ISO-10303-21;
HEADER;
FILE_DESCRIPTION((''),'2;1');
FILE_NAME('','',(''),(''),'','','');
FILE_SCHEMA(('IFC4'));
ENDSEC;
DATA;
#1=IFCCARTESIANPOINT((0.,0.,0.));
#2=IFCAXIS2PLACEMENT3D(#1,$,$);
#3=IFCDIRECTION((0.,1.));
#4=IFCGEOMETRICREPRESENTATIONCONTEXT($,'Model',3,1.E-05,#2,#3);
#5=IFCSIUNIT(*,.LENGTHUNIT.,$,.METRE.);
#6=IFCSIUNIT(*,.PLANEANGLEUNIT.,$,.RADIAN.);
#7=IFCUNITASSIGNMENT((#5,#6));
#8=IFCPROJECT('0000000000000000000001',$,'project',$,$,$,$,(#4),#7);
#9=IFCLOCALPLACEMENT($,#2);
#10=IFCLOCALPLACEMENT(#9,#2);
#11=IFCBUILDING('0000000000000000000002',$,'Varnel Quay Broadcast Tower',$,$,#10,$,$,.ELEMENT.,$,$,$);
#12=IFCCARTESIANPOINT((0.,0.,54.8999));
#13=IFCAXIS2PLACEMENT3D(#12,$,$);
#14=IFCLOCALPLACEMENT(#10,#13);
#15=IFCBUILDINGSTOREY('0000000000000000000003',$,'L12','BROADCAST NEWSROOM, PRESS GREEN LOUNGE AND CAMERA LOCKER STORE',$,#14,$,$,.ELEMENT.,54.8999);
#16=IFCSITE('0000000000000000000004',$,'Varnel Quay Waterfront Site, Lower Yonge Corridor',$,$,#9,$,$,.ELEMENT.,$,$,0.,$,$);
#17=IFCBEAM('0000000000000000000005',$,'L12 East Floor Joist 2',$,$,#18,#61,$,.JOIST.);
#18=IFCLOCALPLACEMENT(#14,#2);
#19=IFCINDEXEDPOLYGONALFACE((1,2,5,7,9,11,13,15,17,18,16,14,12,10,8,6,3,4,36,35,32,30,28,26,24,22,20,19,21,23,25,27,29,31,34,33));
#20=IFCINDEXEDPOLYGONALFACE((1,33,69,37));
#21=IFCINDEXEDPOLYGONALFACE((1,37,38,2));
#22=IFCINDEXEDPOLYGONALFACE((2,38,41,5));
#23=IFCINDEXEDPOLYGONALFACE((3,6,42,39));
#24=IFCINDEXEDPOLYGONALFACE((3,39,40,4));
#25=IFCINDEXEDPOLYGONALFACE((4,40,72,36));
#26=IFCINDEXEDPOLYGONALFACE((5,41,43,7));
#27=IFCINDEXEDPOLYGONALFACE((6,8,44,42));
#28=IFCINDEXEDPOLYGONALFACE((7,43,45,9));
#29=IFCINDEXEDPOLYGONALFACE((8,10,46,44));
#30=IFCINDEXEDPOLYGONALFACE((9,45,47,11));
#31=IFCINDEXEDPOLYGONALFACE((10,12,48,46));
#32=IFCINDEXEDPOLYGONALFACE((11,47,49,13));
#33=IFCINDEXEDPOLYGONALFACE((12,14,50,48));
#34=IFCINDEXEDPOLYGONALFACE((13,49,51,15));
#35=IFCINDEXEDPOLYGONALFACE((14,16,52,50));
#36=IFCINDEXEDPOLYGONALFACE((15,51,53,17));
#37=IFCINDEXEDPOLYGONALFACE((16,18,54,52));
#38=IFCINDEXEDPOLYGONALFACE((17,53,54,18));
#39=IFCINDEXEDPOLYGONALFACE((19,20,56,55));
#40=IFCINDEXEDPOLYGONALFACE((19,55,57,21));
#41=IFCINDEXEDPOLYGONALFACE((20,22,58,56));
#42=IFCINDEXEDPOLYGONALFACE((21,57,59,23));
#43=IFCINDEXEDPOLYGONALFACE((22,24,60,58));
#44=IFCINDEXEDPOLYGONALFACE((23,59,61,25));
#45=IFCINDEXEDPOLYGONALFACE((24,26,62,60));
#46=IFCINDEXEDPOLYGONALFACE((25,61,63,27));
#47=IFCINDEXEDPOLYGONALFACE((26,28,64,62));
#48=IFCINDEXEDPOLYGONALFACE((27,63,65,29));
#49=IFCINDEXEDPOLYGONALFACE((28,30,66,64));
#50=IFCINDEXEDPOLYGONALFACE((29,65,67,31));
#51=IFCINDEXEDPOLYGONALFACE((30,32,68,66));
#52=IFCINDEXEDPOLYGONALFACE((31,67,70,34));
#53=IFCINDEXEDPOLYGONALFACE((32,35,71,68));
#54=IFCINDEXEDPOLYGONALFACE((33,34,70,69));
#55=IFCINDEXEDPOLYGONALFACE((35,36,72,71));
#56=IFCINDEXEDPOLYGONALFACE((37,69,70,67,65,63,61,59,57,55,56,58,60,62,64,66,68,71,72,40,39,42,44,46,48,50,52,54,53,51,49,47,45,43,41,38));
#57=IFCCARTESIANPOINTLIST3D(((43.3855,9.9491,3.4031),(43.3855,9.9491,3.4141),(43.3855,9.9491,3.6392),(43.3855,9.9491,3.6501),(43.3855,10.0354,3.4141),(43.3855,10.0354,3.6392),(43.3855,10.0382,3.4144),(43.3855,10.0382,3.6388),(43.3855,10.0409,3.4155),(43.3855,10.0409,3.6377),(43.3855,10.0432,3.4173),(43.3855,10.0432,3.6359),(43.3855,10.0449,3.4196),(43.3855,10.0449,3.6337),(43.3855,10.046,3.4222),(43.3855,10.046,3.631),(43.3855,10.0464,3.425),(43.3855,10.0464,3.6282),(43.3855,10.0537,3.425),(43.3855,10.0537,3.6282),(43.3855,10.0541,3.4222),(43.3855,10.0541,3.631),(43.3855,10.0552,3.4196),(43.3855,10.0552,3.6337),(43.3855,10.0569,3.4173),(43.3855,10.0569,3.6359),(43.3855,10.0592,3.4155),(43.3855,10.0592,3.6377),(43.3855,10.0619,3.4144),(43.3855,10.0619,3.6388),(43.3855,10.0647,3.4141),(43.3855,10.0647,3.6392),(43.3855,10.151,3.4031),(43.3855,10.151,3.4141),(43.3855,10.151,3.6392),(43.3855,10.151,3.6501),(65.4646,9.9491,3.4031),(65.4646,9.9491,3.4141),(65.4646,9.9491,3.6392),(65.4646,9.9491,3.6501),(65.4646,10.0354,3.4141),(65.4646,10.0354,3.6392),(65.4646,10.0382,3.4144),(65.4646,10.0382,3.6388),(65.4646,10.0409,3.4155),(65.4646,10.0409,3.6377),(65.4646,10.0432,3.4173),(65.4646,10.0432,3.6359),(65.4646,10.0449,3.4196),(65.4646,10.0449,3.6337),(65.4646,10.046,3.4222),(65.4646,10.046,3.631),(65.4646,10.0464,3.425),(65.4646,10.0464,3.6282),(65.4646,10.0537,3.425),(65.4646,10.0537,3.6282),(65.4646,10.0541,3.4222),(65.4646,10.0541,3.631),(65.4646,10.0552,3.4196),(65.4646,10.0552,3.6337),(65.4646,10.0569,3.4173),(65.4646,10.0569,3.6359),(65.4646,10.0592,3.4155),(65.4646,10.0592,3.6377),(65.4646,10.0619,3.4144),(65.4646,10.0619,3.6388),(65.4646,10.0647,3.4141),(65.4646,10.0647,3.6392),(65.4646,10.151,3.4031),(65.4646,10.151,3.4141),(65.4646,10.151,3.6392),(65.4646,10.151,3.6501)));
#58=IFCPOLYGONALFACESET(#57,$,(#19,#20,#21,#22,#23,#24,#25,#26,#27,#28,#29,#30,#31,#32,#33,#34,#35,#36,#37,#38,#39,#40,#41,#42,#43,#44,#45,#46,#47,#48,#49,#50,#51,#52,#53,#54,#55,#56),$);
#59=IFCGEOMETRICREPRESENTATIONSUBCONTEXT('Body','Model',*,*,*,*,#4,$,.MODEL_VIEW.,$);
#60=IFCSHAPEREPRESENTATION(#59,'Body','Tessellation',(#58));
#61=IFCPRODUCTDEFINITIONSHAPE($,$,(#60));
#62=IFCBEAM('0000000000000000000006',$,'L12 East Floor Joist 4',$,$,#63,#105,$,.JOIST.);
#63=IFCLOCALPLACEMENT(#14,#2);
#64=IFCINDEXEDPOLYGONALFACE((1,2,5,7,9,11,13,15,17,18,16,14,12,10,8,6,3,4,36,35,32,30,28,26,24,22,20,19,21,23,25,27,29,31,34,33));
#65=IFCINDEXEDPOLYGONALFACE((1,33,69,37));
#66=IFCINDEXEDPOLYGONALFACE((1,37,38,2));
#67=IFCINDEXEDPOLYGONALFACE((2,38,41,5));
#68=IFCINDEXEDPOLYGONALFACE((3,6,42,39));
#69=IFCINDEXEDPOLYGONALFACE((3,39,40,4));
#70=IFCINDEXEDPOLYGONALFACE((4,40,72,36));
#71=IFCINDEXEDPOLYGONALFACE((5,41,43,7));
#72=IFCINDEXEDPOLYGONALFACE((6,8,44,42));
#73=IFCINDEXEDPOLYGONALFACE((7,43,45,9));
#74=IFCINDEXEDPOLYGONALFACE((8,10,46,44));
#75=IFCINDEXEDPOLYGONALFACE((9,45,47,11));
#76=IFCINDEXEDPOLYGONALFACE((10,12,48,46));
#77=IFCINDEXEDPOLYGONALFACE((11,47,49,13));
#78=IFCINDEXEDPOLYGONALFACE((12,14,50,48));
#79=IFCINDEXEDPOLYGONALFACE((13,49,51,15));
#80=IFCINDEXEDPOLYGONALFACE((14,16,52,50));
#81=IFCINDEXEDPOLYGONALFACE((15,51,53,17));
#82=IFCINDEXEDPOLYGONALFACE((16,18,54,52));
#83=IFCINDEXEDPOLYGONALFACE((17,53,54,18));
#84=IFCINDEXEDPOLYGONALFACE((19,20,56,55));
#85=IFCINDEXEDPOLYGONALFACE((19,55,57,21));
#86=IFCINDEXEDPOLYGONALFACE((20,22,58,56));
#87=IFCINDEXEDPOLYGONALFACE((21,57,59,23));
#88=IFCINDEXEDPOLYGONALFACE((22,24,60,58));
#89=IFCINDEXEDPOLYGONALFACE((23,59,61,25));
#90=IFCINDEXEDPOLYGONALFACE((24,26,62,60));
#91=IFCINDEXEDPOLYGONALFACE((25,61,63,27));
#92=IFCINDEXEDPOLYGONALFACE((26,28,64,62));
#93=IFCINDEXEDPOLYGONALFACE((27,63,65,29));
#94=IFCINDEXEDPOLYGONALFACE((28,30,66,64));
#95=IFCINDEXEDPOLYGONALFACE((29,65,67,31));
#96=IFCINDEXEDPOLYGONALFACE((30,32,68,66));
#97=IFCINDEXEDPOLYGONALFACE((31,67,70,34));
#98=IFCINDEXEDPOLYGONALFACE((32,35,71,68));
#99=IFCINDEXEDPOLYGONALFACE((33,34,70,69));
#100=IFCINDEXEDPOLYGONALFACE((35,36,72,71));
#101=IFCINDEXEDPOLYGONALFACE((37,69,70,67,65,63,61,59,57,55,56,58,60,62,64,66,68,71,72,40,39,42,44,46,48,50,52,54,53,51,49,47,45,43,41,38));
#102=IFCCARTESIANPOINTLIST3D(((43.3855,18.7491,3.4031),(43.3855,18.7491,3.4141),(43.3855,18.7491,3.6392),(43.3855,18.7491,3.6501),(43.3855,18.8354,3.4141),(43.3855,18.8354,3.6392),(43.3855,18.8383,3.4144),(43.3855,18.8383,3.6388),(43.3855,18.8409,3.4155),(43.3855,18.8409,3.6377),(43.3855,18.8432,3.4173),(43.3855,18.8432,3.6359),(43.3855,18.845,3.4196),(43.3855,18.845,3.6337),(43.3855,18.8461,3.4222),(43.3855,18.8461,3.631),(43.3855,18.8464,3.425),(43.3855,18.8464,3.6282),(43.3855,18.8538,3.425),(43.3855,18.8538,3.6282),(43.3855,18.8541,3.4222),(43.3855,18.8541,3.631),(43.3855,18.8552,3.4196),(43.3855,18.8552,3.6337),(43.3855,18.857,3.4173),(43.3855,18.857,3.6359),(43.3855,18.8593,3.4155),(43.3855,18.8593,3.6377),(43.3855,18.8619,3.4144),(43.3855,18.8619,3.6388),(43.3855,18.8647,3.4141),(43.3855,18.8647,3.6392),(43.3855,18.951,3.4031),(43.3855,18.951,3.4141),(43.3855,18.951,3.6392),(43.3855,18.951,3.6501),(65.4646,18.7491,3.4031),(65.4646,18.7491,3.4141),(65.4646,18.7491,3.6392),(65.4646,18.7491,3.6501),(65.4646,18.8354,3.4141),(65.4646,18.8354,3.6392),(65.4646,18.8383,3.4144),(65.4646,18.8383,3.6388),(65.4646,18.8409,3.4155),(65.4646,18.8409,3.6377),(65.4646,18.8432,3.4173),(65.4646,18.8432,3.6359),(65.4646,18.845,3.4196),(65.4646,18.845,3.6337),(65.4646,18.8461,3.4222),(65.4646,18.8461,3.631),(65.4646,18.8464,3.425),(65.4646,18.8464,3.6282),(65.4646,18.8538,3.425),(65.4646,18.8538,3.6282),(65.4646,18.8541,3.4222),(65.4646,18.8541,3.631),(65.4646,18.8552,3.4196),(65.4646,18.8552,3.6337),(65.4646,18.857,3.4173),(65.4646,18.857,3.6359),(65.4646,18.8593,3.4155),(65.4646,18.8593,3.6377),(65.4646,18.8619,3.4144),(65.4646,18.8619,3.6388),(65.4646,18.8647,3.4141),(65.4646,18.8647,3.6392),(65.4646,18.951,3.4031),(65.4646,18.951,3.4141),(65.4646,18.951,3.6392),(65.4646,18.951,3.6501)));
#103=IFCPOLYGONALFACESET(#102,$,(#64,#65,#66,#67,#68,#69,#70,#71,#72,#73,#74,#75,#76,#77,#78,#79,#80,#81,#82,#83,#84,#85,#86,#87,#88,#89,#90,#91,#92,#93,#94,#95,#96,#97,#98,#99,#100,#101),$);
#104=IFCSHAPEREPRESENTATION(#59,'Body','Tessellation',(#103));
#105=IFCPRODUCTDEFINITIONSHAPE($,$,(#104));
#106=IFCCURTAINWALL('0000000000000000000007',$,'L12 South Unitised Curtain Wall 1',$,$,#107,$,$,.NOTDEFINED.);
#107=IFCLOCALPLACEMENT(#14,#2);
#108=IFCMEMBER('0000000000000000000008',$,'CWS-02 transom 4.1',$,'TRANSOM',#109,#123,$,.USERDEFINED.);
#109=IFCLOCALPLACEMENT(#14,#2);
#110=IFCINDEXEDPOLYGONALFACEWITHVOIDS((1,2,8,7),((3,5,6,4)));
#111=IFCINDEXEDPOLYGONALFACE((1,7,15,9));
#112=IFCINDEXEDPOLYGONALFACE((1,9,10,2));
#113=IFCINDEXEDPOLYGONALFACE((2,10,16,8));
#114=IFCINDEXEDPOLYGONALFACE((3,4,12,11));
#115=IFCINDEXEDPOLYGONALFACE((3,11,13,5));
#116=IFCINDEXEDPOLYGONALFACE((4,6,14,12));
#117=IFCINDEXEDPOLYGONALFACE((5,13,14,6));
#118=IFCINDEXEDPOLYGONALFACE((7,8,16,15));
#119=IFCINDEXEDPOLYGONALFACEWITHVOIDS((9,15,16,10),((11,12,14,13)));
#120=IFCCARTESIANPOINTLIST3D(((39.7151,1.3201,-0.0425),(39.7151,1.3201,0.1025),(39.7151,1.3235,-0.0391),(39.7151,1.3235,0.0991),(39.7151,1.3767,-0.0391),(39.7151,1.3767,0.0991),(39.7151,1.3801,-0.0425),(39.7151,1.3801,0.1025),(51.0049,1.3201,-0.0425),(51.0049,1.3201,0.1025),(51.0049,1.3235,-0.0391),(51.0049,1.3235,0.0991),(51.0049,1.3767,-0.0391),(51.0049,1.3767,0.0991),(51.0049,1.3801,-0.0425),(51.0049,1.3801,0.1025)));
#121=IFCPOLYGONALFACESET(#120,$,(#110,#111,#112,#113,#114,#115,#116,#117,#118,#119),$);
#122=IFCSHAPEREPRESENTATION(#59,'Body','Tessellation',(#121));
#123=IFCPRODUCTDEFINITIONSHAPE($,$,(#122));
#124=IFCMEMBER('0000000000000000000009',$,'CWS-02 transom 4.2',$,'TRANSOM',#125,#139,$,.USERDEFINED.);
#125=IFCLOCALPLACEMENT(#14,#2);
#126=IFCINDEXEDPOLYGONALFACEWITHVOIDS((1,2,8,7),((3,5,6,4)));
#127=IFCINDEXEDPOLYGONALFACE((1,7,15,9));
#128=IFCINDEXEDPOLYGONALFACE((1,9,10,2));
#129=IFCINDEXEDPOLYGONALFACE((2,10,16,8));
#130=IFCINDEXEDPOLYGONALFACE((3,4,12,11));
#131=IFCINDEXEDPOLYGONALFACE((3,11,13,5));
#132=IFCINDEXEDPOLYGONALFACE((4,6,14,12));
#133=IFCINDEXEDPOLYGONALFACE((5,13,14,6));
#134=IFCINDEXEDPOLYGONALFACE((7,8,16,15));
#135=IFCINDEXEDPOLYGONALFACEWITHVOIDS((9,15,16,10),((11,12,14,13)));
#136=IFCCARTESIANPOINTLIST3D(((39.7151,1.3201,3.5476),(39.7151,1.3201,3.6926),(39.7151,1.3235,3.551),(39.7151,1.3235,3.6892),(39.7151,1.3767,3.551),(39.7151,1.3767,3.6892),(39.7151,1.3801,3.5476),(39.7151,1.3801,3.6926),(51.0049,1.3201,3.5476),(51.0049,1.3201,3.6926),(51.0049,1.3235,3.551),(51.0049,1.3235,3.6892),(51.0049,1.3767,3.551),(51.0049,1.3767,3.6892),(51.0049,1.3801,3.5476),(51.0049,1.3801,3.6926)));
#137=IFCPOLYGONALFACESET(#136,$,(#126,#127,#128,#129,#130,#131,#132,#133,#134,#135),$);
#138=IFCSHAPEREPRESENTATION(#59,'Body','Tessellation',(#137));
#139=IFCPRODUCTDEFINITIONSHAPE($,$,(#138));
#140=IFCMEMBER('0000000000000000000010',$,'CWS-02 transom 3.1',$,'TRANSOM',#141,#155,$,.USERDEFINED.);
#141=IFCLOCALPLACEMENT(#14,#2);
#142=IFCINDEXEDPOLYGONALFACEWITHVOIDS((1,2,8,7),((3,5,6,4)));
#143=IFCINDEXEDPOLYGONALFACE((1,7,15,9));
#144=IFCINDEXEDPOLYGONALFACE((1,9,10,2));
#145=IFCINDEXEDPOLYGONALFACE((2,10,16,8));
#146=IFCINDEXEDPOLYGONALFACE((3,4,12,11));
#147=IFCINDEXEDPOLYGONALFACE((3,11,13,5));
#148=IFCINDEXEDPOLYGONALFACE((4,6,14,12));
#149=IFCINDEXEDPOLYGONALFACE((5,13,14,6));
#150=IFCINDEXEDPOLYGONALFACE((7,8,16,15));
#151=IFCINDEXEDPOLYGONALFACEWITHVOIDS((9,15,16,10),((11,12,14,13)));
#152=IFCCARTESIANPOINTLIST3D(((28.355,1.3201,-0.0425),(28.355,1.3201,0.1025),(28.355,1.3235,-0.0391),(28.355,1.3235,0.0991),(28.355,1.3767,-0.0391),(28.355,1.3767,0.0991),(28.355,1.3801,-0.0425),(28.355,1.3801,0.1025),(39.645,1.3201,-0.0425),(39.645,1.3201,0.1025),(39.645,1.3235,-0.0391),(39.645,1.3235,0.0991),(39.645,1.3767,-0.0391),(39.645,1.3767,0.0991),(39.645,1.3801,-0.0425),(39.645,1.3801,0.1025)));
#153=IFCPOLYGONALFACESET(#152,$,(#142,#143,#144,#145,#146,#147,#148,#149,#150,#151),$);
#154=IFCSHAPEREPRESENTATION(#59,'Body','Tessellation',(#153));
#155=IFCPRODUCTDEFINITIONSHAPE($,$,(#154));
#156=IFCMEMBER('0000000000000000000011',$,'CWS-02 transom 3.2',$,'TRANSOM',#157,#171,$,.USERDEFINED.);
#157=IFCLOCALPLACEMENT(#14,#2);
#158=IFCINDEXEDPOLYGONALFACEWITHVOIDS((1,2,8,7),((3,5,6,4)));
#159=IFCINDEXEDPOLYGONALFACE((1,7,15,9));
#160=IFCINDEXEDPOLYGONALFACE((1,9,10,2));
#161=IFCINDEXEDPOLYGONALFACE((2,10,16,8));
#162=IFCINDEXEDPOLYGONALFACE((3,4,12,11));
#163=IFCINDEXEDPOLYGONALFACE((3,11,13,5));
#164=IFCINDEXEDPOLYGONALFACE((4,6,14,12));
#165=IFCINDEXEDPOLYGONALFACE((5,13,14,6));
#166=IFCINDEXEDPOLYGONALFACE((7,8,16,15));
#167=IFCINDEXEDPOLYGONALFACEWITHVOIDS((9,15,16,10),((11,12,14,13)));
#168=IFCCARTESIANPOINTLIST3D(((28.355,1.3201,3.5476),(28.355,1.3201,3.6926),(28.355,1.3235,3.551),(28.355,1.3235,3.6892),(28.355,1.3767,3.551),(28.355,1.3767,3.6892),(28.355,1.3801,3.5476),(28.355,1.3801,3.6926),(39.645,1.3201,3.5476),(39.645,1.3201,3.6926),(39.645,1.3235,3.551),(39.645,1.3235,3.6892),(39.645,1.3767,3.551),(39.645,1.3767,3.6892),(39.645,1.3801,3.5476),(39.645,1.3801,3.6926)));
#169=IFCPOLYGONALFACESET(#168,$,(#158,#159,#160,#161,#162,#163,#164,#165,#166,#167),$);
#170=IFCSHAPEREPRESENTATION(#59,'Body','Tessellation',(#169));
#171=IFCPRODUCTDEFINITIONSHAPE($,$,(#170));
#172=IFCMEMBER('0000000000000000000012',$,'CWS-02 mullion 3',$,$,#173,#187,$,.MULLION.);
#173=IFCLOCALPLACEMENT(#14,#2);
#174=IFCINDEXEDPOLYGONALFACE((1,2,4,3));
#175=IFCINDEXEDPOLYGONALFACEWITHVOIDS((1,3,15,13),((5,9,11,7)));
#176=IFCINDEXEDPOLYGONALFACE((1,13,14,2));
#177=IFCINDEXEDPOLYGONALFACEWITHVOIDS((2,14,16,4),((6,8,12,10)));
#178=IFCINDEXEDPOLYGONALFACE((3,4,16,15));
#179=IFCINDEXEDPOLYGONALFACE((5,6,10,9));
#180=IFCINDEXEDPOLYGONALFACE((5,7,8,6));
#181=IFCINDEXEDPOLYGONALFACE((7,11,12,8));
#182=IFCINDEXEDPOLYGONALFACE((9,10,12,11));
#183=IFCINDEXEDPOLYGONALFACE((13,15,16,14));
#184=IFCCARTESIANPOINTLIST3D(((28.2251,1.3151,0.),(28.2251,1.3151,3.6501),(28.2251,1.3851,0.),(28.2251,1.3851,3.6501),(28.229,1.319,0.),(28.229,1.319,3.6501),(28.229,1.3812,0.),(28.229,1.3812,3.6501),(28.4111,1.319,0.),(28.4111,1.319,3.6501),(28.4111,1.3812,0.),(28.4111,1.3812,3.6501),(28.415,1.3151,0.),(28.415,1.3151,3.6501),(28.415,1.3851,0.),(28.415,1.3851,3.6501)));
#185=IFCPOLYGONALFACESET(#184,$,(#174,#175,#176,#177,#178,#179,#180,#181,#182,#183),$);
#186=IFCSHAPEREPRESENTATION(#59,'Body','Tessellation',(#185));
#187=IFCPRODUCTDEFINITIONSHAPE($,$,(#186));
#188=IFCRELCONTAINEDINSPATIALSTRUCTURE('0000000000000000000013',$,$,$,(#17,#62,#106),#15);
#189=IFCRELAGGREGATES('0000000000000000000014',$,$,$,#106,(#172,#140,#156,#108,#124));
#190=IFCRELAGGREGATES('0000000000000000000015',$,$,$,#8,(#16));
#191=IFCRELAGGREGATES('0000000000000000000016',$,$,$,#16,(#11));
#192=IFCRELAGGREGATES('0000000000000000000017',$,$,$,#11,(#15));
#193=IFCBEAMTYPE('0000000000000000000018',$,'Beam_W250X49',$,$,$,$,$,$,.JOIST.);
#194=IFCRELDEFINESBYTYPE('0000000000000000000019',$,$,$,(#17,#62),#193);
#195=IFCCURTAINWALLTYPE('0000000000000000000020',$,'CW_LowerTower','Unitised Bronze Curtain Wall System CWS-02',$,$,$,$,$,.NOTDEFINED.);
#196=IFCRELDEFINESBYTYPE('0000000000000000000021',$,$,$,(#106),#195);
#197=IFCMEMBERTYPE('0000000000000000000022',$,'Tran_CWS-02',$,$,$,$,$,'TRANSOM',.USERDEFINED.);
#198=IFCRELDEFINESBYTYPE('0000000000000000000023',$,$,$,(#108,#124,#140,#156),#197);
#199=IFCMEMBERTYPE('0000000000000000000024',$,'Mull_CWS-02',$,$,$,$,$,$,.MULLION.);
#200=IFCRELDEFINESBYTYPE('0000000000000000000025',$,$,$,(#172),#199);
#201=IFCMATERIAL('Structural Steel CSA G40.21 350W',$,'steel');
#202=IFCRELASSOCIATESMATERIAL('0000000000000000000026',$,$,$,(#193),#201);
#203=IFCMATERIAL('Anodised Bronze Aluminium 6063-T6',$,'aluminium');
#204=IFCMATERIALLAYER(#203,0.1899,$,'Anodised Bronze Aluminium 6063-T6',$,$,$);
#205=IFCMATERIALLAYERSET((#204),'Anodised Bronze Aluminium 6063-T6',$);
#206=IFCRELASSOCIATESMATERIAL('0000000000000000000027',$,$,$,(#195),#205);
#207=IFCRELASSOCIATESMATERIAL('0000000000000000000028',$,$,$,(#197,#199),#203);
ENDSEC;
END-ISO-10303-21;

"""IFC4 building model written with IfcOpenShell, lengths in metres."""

from ifc_helpers import new_model, si_unit, direction, frame, origin, origin_2d, place, context, subcontext, project, spatial, hollow_rectangle, i_section, extrude, source, transform, mapped, material, layer, layer_set, material_profile, profile_set, type_object, type_shapes, element, aggregate, save


model = new_model("IFC4")

# Units and contexts
model_context = context("Model", 3, precision=1e-05, world=origin(), true_north=direction((0.0, 1.0)))
body_context = subcontext(model_context, "Body", "Model", "MODEL_VIEW")
ifc_project = project(units=[si_unit("LENGTHUNIT", "METRE"), si_unit("PLANEANGLEUNIT", "RADIAN")], contexts=[model_context])

# Site, building, storey
site_placement = place(None, origin())
site = spatial("IfcSite", under=ifc_project, at=site_placement, Name="Varnel Quay Waterfront Site, Lower Yonge Corridor", CompositionType="ELEMENT", RefElevation=0.0)
building_placement = place(site_placement, origin())
building = spatial("IfcBuilding", under=site, at=building_placement, Name="Varnel Quay Broadcast Tower", CompositionType="ELEMENT")
storey_placement = place(building_placement, frame((0.0, 0.0, 54.8999)))
storey = spatial("IfcBuildingStorey", under=building, at=storey_placement, Name="L12", Description="BROADCAST NEWSROOM, PRESS GREEN LOUNGE AND CAMERA LOCKER STORE", CompositionType="ELEMENT", Elevation=54.8999)

# Shared definitions
ifc_material_1 = material(Name="Structural Steel CSA G40.21 350W", Category="steel")

# Beams
ifc_material_profile_1 = material_profile(ifc_material_1, i_section(OverallWidth=0.2019, OverallDepth=0.2471, WebThickness=0.0073, FlangeThickness=0.011, FilletRadius=0.011, at=origin_2d()), Name="W250X49")
ifc_profile_set_1 = profile_set([ifc_material_profile_1], Name="Structural Steel CSA G40.21 350W")
beam_type_1 = type_object("IfcBeamType", Name="Beam_W250X49", PredefinedType="JOIST", material=ifc_profile_set_1)
shared_shape_1 = source(origin(), body_context, "Body", "SweptSolid", [
    extrude(i_section(OverallWidth=0.2019, OverallDepth=0.2471, WebThickness=0.0073, FlangeThickness=0.011, FilletRadius=0.011, at=origin_2d()), origin(), (0.0, 0.0, 1.0), 22.0791),
])
type_shapes(beam_type_1, [shared_shape_1])
for number, where, z_axis, x_axis, name in (
    (1, (43.3855, 10.05, 3.5266), (1.0, 0.0, 0.0), (0.0, 1.0, 0.0), "L12 East Floor Joist 2"),
    (2, (43.3855, 18.8501, 3.5266), (1.0, 0.0, 0.0), (0.0, 1.0, 0.0), "L12 East Floor Joist 4"),
):
    element("IfcBeam", number, at=place(storey_placement, frame(where, z_axis=z_axis, x_axis=x_axis)), inside=storey, type_object=beam_type_1, Name=name, PredefinedType="JOIST", context=body_context, shape_type="MappedRepresentation", body=[
        mapped(shared_shape_1, transform((0.0, 0.0, 0.0), x_axis=(1.0, 0.0, 0.0), y_axis=(0.0, 1.0, 0.0), z_axis=(0.0, 0.0, 1.0), scale=1.0)),
    ])

# Curtain wall, members
ifc_material_2 = material(Name="Anodised Bronze Aluminium 6063-T6", Category="aluminium")
ifc_layer_1 = layer(ifc_material_2, 0.1899, Name="Anodised Bronze Aluminium 6063-T6")
ifc_layer_set_1 = layer_set([ifc_layer_1], Name="Anodised Bronze Aluminium 6063-T6")
curtain_wall_type = type_object("IfcCurtainWallType", Name="CW_LowerTower", Description="Unitised Bronze Curtain Wall System CWS-02", PredefinedType="NOTDEFINED", material=ifc_layer_set_1)
curtain_wall_placement = place(storey_placement, origin())
curtain_wall = element("IfcCurtainWall", 3, at=curtain_wall_placement, inside=storey, type_object=curtain_wall_type, Name="L12 South Unitised Curtain Wall 1", PredefinedType="NOTDEFINED")
ifc_material_profile_2 = material_profile(ifc_material_2, hollow_rectangle(XDim=0.0601, YDim=0.145, WallThickness=0.0034, at=origin_2d()), Name="ALU60X145X3.5")
ifc_profile_set_2 = profile_set([ifc_material_profile_2], Name="Anodised Bronze Aluminium 6063-T6")
member_type_1 = type_object("IfcMemberType", Name="Tran_CWS-02", ElementType="TRANSOM", PredefinedType="USERDEFINED", material=ifc_profile_set_2)
shared_shape_2 = source(origin(), body_context, "Body", "SweptSolid", [
    extrude(hollow_rectangle(XDim=0.0601, YDim=0.145, WallThickness=0.0034, at=origin_2d()), origin(), (0.0, 0.0, 1.0), 11.2898),
])
member_1_placement = place(storey_placement, frame((39.7151, 1.3501, 0.03), z_axis=(1.0, 0.0, 0.0), x_axis=(0.0, 1.0, 0.0)))
member_1 = element("IfcMember", 4, at=member_1_placement, type_object=member_type_1, Name="CWS-02 transom 4.1", ObjectType="TRANSOM", PredefinedType="USERDEFINED", context=body_context, shape_type="MappedRepresentation", body=[
    mapped(shared_shape_2, transform((0.0, 0.0, 0.0), x_axis=(1.0, 0.0, 0.0), y_axis=(0.0, 1.0, 0.0), z_axis=(0.0, 0.0, 1.0), scale=1.0)),
])
member_2_placement = place(storey_placement, frame((39.7151, 1.3501, 3.6201), z_axis=(1.0, 0.0, 0.0), x_axis=(0.0, 1.0, 0.0)))
member_2 = element("IfcMember", 5, at=member_2_placement, type_object=member_type_1, Name="CWS-02 transom 4.2", ObjectType="TRANSOM", PredefinedType="USERDEFINED", context=body_context, shape_type="MappedRepresentation", body=[
    mapped(shared_shape_2, transform((0.0, 0.0, 0.0), x_axis=(1.0, 0.0, 0.0), y_axis=(0.0, 1.0, 0.0), z_axis=(0.0, 0.0, 1.0), scale=1.0)),
])
shared_shape_3 = source(origin(), body_context, "Body", "SweptSolid", [
    extrude(hollow_rectangle(XDim=0.0601, YDim=0.145, WallThickness=0.0034, at=origin_2d()), origin(), (0.0, 0.0, 1.0), 11.29),
])
type_shapes(member_type_1, [shared_shape_2, shared_shape_3])
member_3_placement = place(storey_placement, frame((28.355, 1.3501, 0.03), z_axis=(1.0, 0.0, 0.0), x_axis=(0.0, 1.0, 0.0)))
member_3 = element("IfcMember", 6, at=member_3_placement, type_object=member_type_1, Name="CWS-02 transom 3.1", ObjectType="TRANSOM", PredefinedType="USERDEFINED", context=body_context, shape_type="MappedRepresentation", body=[
    mapped(shared_shape_3, transform((0.0, 0.0, 0.0), x_axis=(1.0, 0.0, 0.0), y_axis=(0.0, 1.0, 0.0), z_axis=(0.0, 0.0, 1.0), scale=1.0)),
])
member_4_placement = place(storey_placement, frame((28.355, 1.3501, 3.6201), z_axis=(1.0, 0.0, 0.0), x_axis=(0.0, 1.0, 0.0)))
member_4 = element("IfcMember", 7, at=member_4_placement, type_object=member_type_1, Name="CWS-02 transom 3.2", ObjectType="TRANSOM", PredefinedType="USERDEFINED", context=body_context, shape_type="MappedRepresentation", body=[
    mapped(shared_shape_3, transform((0.0, 0.0, 0.0), x_axis=(1.0, 0.0, 0.0), y_axis=(0.0, 1.0, 0.0), z_axis=(0.0, 0.0, 1.0), scale=1.0)),
])
ifc_material_profile_3 = material_profile(ifc_material_2, hollow_rectangle(XDim=0.0701, YDim=0.1899, WallThickness=0.0039, at=origin_2d()), Name="ALU70X190X4")
ifc_profile_set_3 = profile_set([ifc_material_profile_3], Name="Anodised Bronze Aluminium 6063-T6")
member_type_2 = type_object("IfcMemberType", Name="Mull_CWS-02", PredefinedType="MULLION", material=ifc_profile_set_3)
shared_shape_4 = source(origin(), body_context, "Body", "SweptSolid", [
    extrude(hollow_rectangle(XDim=0.0701, YDim=0.1899, WallThickness=0.0039, at=origin_2d()), origin(), (0.0, 0.0, 1.0), 3.6501),
])
type_shapes(member_type_2, [shared_shape_4])
member_5_placement = place(storey_placement, frame((28.3201, 1.3501, 0.0), z_axis=(0.0, 0.0, 1.0), x_axis=(0.0, 1.0, 0.0)))
member_5 = element("IfcMember", 8, at=member_5_placement, type_object=member_type_2, Name="CWS-02 mullion 3", PredefinedType="MULLION", context=body_context, shape_type="MappedRepresentation", body=[
    mapped(shared_shape_4, transform((0.0, 0.0, 0.0), x_axis=(1.0, 0.0, 0.0), y_axis=(0.0, 1.0, 0.0), z_axis=(0.0, 0.0, 1.0), scale=1.0)),
])

aggregate(curtain_wall, [member_5, member_3, member_4, member_1, member_2])

save(model, "model.ifc")
